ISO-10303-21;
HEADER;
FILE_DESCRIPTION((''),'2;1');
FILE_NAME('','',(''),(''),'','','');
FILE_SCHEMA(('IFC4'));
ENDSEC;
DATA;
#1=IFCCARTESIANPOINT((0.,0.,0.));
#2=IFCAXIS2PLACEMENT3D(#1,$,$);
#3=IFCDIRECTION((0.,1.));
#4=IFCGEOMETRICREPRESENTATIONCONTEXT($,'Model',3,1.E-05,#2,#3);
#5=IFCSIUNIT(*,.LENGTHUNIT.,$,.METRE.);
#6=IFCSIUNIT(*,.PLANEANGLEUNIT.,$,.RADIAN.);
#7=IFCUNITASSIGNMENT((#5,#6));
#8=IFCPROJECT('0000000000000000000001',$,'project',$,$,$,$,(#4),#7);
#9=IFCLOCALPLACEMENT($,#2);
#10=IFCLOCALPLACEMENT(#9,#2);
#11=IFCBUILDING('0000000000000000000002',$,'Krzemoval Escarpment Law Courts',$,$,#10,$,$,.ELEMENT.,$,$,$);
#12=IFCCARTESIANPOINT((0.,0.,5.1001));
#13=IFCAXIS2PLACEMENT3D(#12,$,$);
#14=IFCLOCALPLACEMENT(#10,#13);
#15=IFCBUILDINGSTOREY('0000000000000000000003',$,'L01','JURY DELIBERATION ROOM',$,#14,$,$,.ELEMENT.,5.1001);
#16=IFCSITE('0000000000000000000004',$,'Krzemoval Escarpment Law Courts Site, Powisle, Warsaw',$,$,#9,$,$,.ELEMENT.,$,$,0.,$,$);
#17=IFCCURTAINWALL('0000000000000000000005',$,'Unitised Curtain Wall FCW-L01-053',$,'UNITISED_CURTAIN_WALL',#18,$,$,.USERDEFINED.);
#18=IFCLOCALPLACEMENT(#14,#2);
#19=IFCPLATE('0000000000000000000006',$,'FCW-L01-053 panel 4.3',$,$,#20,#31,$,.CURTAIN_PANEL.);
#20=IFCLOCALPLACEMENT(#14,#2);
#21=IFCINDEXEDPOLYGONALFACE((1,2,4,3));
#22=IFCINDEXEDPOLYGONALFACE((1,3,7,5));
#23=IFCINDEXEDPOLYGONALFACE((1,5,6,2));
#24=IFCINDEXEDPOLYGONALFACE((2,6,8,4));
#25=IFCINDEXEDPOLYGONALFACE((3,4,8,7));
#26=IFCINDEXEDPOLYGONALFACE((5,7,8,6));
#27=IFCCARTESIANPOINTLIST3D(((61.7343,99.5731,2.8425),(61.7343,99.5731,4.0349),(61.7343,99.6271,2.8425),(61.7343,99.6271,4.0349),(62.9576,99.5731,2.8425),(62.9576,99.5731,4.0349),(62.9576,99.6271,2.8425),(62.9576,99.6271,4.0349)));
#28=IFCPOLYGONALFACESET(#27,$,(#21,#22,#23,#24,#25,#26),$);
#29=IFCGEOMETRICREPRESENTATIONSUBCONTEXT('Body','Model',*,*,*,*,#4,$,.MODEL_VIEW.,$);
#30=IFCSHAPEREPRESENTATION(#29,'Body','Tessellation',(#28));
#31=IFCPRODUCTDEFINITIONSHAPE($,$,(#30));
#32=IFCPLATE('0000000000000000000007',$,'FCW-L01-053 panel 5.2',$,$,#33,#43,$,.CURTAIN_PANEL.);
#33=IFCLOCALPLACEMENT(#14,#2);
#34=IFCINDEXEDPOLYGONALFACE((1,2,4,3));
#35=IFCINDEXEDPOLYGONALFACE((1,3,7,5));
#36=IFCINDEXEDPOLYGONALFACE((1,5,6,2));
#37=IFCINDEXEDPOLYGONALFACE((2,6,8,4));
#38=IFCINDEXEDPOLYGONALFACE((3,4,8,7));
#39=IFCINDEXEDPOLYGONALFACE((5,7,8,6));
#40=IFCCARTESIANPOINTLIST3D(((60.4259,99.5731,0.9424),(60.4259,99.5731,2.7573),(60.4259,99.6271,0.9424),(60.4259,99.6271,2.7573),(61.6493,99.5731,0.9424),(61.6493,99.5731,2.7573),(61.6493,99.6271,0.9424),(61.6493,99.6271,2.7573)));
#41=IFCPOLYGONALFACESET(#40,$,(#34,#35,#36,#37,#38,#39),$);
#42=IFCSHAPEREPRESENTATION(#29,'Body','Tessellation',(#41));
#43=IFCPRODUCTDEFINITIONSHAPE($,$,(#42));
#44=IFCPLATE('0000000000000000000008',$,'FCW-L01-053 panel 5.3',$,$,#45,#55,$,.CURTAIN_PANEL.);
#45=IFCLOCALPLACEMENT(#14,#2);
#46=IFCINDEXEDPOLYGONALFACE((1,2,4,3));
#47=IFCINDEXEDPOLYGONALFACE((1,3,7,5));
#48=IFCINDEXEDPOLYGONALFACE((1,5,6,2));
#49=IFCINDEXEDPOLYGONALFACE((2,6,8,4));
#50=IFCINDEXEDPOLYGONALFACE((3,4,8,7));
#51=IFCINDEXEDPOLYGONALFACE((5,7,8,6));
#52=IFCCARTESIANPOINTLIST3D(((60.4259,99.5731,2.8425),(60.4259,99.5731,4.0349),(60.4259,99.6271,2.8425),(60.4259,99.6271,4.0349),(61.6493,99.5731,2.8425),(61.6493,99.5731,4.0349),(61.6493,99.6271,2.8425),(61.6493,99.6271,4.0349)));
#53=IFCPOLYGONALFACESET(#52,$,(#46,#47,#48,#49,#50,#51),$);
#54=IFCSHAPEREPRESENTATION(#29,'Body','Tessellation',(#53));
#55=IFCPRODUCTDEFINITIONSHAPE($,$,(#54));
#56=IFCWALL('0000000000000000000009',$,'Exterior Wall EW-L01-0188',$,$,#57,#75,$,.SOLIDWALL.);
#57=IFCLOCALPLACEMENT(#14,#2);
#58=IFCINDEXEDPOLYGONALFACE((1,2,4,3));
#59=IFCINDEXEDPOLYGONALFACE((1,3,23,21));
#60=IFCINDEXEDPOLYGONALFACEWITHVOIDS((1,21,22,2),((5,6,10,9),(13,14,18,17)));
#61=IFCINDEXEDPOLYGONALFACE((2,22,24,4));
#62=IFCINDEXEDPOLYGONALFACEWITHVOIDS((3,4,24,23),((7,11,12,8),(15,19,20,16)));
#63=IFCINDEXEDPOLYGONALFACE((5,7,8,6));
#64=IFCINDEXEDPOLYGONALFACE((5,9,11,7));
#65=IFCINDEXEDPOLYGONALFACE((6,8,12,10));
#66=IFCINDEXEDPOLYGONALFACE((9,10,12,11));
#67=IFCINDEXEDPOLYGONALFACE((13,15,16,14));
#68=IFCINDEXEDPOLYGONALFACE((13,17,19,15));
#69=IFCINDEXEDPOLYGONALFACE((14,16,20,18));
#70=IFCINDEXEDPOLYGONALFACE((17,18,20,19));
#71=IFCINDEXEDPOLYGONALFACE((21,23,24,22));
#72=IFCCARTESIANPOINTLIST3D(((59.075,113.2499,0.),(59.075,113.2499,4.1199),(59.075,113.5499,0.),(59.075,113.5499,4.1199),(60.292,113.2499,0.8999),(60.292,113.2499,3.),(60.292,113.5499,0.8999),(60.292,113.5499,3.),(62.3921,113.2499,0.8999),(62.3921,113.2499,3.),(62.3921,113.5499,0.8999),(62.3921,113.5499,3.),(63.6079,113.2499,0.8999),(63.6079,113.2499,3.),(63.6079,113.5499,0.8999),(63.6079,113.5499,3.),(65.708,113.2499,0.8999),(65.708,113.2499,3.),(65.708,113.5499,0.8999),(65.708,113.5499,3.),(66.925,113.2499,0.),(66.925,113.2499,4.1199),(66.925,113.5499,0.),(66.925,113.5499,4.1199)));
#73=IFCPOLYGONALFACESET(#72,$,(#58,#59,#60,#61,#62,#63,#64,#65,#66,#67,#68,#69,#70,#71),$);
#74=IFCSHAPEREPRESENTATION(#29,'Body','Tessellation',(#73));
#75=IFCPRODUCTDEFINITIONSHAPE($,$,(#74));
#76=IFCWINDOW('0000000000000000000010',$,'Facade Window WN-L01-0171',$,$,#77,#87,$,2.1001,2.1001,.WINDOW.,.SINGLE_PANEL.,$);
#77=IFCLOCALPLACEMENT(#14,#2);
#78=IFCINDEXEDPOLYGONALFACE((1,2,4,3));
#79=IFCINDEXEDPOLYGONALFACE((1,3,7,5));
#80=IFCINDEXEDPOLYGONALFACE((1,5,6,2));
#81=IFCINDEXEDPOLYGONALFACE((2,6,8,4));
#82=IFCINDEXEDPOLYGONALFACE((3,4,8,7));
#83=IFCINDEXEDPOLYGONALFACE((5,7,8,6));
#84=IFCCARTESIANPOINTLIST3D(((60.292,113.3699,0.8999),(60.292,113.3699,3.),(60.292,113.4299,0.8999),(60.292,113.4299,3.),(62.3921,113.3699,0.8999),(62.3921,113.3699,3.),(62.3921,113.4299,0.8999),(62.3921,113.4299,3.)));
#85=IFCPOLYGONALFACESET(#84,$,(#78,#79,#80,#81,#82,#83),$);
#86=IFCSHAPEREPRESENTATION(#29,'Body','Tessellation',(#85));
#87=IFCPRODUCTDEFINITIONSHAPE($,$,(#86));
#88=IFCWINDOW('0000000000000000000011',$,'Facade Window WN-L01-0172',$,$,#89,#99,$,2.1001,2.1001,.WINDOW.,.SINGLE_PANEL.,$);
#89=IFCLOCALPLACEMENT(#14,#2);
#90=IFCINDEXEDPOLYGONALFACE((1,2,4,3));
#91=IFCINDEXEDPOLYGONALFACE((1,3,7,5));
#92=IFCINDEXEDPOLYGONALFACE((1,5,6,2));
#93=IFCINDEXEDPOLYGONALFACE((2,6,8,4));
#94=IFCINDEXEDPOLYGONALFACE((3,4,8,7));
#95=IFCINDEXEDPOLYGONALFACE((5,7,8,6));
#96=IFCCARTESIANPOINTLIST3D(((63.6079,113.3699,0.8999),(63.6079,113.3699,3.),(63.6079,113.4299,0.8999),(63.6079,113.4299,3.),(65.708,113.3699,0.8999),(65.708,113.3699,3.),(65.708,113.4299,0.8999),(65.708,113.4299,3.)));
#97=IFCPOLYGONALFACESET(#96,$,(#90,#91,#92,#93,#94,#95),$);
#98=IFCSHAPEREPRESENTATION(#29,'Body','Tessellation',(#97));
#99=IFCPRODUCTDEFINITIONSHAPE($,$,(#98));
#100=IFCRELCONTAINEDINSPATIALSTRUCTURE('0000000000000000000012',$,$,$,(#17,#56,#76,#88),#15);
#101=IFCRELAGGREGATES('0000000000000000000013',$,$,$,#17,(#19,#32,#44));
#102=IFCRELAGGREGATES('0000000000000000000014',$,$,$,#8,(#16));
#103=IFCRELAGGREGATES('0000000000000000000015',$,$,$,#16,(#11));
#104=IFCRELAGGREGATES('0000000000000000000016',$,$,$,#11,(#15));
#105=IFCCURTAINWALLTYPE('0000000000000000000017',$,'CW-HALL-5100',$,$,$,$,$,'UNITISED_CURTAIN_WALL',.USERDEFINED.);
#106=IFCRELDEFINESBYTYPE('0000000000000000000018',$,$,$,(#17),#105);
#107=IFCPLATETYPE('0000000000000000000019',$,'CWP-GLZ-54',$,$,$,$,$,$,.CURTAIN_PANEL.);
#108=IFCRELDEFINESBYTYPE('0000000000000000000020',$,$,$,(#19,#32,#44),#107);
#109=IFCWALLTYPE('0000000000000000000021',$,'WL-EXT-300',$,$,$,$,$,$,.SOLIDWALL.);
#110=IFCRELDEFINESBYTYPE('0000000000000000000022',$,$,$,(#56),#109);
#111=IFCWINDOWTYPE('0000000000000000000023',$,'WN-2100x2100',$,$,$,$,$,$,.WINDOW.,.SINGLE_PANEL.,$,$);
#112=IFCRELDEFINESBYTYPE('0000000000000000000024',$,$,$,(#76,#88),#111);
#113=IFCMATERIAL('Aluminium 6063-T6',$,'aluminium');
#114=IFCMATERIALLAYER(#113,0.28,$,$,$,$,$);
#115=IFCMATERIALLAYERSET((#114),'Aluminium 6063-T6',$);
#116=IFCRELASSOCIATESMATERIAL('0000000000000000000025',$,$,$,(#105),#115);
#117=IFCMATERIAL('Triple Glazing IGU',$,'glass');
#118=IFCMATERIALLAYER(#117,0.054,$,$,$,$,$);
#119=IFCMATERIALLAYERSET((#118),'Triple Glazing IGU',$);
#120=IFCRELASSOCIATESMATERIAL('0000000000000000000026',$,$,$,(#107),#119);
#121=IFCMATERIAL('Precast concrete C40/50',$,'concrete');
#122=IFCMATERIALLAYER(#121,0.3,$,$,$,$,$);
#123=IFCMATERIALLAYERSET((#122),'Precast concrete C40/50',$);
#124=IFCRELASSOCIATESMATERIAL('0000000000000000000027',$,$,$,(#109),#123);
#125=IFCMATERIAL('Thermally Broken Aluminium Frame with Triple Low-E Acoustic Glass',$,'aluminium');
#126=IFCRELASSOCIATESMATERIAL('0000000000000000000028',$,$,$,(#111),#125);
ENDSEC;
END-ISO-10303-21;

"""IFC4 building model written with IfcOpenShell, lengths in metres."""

from ifc_helpers import new_model, si_unit, direction, frame, frame_2d, origin, origin_2d, place, context, subcontext, project, spatial, rectangle, extrude, material, layer, layer_set, type_object, element, fill, aggregate, save


model = new_model("IFC4")

# Units and contexts
model_context = context("Model", 3, precision=1e-05, world=origin(), true_north=direction((0.0, 1.0)))
body_context = subcontext(model_context, "Body", "Model", "MODEL_VIEW")
ifc_project = project(units=[si_unit("LENGTHUNIT", "METRE"), si_unit("PLANEANGLEUNIT", "RADIAN")], contexts=[model_context])

# Site, building, storey
site_placement = place(None, origin())
site = spatial("IfcSite", under=ifc_project, at=site_placement, Name="Krzemoval Escarpment Law Courts Site, Powisle, Warsaw", CompositionType="ELEMENT", RefElevation=0.0)
building_placement = place(site_placement, origin())
building = spatial("IfcBuilding", under=site, at=building_placement, Name="Krzemoval Escarpment Law Courts", CompositionType="ELEMENT")
storey_placement = place(building_placement, frame((0.0, 0.0, 5.1001)))
storey = spatial("IfcBuildingStorey", under=building, at=storey_placement, Name="L01", Description="JURY DELIBERATION ROOM", CompositionType="ELEMENT", Elevation=5.1001)

# Curtain wall
ifc_material_1 = material(Name="Aluminium 6063-T6", Category="aluminium")
ifc_layer_1 = layer(ifc_material_1, 0.28)
ifc_layer_set_1 = layer_set([ifc_layer_1], Name="Aluminium 6063-T6")
curtain_wall_type = type_object("IfcCurtainWallType", Name="CW-HALL-5100", ElementType="UNITISED_CURTAIN_WALL", PredefinedType="USERDEFINED", material=ifc_layer_set_1)
curtain_wall_placement = place(storey_placement, origin())
curtain_wall = element("IfcCurtainWall", 1, at=curtain_wall_placement, inside=storey, type_object=curtain_wall_type, Name="Unitised Curtain Wall FCW-L01-053", ObjectType="UNITISED_CURTAIN_WALL", PredefinedType="USERDEFINED")

# Plates
ifc_material_2 = material(Name="Triple Glazing IGU", Category="glass")
ifc_layer_2 = layer(ifc_material_2, 0.054)
ifc_layer_set_2 = layer_set([ifc_layer_2], Name="Triple Glazing IGU")
plate_type = type_object("IfcPlateType", Name="CWP-GLZ-54", PredefinedType="CURTAIN_PANEL", material=ifc_layer_set_2)
plate_1_placement = place(storey_placement, frame((62.3459, 99.6001, 2.8425), z_axis=(0.0, 0.0, 1.0), x_axis=(-1.0, 0.0, 0.0)))
plate_1 = element("IfcPlate", 2, at=plate_1_placement, type_object=plate_type, Name="FCW-L01-053 panel 4.3", PredefinedType="CURTAIN_PANEL", context=body_context, shape_type="SweptSolid", body=[
    extrude(rectangle(XDim=1.2234, YDim=0.054, at=origin_2d()), origin(), (0.0, 0.0, 1.0), 1.1924),
])
plate_2_placement = place(storey_placement, frame((61.0376, 99.6001, 0.9424), z_axis=(0.0, 0.0, 1.0), x_axis=(-1.0, 0.0, 0.0)))
plate_2 = element("IfcPlate", 3, at=plate_2_placement, type_object=plate_type, Name="FCW-L01-053 panel 5.2", PredefinedType="CURTAIN_PANEL", context=body_context, shape_type="SweptSolid", body=[
    extrude(rectangle(XDim=1.2234, YDim=0.054, at=origin_2d()), origin(), (0.0, 0.0, 1.0), 1.8149),
])
plate_3_placement = place(storey_placement, frame((61.0376, 99.6001, 2.8425), z_axis=(0.0, 0.0, 1.0), x_axis=(-1.0, 0.0, 0.0)))
plate_3 = element("IfcPlate", 4, at=plate_3_placement, type_object=plate_type, Name="FCW-L01-053 panel 5.3", PredefinedType="CURTAIN_PANEL", context=body_context, shape_type="SweptSolid", body=[
    extrude(rectangle(XDim=1.2234, YDim=0.054, at=origin_2d()), origin(), (0.0, 0.0, 1.0), 1.1924),
])
aggregate(curtain_wall, [plate_1, plate_2, plate_3])

# Wall, openings, windows
ifc_material_3 = material(Name="Precast concrete C40/50", Category="concrete")
ifc_layer_3 = layer(ifc_material_3, 0.3)
ifc_layer_set_3 = layer_set([ifc_layer_3], Name="Precast concrete C40/50")
wall_type = type_object("IfcWallType", Name="WL-EXT-300", PredefinedType="SOLIDWALL", material=ifc_layer_set_3)
wall_placement = place(storey_placement, frame((59.075, 113.3999, 0.0), z_axis=(0.0, 0.0, 1.0), x_axis=(1.0, 0.0, 0.0)))
wall = element("IfcWall", 5, at=wall_placement, inside=storey, type_object=wall_type, Name="Exterior Wall EW-L01-0188", PredefinedType="SOLIDWALL", context=body_context, shape_type="SweptSolid", body=[
    extrude(rectangle(XDim=7.8501, YDim=0.3, at=frame_2d((3.925, 0.0))), origin(), (0.0, 0.0, 1.0), 4.1199),
])
opening_1_placement = place(wall_placement, frame((1.217, 0.0, 0.8999)))
opening_1 = element("IfcOpeningElement", 6, at=opening_1_placement, cuts=wall, PredefinedType="OPENING", context=body_context, shape_type="SweptSolid", body=[
    extrude(rectangle(XDim=2.1001, YDim=2.1001, at=frame_2d((1.05, 1.05))), frame((0.0, 0.165, 0.0), z_axis=(0.0, -1.0, 0.0), x_axis=(1.0, 0.0, 0.0)), (0.0, 0.0, 1.0), 0.3301),
])
opening_2_placement = place(wall_placement, frame((4.533, 0.0, 0.8999)))
opening_2 = element("IfcOpeningElement", 7, at=opening_2_placement, cuts=wall, PredefinedType="OPENING", context=body_context, shape_type="SweptSolid", body=[
    extrude(rectangle(XDim=2.1001, YDim=2.1001, at=frame_2d((1.05, 1.05))), frame((0.0, 0.165, 0.0), z_axis=(0.0, -1.0, 0.0), x_axis=(1.0, 0.0, 0.0)), (0.0, 0.0, 1.0), 0.3301),
])
ifc_material_4 = material(Name="Thermally Broken Aluminium Frame with Triple Low-E Acoustic Glass", Category="aluminium")
window_type = type_object("IfcWindowType", Name="WN-2100x2100", PartitioningType="SINGLE_PANEL", PredefinedType="WINDOW", material=ifc_material_4)
window_1_placement = place(opening_1_placement, origin())
window_1 = element("IfcWindow", 8, at=window_1_placement, inside=storey, type_object=window_type, Name="Facade Window WN-L01-0171", OverallHeight=2.1001, OverallWidth=2.1001, PartitioningType="SINGLE_PANEL", PredefinedType="WINDOW", context=body_context, shape_type="SweptSolid", body=[
    extrude(rectangle(XDim=2.1001, YDim=2.1001, at=frame_2d((1.05, 1.05))), frame((0.0, 0.03, 0.0), z_axis=(0.0, -1.0, 0.0), x_axis=(1.0, 0.0, 0.0)), (0.0, 0.0, 1.0), 0.0601),
])
fill(opening_1, window_1)
window_2_placement = place(opening_2_placement, origin())
window_2 = element("IfcWindow", 9, at=window_2_placement, inside=storey, type_object=window_type, Name="Facade Window WN-L01-0172", OverallHeight=2.1001, OverallWidth=2.1001, PartitioningType="SINGLE_PANEL", PredefinedType="WINDOW", context=body_context, shape_type="SweptSolid", body=[
    extrude(rectangle(XDim=2.1001, YDim=2.1001, at=frame_2d((1.05, 1.05))), frame((0.0, 0.03, 0.0), z_axis=(0.0, -1.0, 0.0), x_axis=(1.0, 0.0, 0.0)), (0.0, 0.0, 1.0), 0.0601),
])
fill(opening_2, window_2)

save(model, "model.ifc")
